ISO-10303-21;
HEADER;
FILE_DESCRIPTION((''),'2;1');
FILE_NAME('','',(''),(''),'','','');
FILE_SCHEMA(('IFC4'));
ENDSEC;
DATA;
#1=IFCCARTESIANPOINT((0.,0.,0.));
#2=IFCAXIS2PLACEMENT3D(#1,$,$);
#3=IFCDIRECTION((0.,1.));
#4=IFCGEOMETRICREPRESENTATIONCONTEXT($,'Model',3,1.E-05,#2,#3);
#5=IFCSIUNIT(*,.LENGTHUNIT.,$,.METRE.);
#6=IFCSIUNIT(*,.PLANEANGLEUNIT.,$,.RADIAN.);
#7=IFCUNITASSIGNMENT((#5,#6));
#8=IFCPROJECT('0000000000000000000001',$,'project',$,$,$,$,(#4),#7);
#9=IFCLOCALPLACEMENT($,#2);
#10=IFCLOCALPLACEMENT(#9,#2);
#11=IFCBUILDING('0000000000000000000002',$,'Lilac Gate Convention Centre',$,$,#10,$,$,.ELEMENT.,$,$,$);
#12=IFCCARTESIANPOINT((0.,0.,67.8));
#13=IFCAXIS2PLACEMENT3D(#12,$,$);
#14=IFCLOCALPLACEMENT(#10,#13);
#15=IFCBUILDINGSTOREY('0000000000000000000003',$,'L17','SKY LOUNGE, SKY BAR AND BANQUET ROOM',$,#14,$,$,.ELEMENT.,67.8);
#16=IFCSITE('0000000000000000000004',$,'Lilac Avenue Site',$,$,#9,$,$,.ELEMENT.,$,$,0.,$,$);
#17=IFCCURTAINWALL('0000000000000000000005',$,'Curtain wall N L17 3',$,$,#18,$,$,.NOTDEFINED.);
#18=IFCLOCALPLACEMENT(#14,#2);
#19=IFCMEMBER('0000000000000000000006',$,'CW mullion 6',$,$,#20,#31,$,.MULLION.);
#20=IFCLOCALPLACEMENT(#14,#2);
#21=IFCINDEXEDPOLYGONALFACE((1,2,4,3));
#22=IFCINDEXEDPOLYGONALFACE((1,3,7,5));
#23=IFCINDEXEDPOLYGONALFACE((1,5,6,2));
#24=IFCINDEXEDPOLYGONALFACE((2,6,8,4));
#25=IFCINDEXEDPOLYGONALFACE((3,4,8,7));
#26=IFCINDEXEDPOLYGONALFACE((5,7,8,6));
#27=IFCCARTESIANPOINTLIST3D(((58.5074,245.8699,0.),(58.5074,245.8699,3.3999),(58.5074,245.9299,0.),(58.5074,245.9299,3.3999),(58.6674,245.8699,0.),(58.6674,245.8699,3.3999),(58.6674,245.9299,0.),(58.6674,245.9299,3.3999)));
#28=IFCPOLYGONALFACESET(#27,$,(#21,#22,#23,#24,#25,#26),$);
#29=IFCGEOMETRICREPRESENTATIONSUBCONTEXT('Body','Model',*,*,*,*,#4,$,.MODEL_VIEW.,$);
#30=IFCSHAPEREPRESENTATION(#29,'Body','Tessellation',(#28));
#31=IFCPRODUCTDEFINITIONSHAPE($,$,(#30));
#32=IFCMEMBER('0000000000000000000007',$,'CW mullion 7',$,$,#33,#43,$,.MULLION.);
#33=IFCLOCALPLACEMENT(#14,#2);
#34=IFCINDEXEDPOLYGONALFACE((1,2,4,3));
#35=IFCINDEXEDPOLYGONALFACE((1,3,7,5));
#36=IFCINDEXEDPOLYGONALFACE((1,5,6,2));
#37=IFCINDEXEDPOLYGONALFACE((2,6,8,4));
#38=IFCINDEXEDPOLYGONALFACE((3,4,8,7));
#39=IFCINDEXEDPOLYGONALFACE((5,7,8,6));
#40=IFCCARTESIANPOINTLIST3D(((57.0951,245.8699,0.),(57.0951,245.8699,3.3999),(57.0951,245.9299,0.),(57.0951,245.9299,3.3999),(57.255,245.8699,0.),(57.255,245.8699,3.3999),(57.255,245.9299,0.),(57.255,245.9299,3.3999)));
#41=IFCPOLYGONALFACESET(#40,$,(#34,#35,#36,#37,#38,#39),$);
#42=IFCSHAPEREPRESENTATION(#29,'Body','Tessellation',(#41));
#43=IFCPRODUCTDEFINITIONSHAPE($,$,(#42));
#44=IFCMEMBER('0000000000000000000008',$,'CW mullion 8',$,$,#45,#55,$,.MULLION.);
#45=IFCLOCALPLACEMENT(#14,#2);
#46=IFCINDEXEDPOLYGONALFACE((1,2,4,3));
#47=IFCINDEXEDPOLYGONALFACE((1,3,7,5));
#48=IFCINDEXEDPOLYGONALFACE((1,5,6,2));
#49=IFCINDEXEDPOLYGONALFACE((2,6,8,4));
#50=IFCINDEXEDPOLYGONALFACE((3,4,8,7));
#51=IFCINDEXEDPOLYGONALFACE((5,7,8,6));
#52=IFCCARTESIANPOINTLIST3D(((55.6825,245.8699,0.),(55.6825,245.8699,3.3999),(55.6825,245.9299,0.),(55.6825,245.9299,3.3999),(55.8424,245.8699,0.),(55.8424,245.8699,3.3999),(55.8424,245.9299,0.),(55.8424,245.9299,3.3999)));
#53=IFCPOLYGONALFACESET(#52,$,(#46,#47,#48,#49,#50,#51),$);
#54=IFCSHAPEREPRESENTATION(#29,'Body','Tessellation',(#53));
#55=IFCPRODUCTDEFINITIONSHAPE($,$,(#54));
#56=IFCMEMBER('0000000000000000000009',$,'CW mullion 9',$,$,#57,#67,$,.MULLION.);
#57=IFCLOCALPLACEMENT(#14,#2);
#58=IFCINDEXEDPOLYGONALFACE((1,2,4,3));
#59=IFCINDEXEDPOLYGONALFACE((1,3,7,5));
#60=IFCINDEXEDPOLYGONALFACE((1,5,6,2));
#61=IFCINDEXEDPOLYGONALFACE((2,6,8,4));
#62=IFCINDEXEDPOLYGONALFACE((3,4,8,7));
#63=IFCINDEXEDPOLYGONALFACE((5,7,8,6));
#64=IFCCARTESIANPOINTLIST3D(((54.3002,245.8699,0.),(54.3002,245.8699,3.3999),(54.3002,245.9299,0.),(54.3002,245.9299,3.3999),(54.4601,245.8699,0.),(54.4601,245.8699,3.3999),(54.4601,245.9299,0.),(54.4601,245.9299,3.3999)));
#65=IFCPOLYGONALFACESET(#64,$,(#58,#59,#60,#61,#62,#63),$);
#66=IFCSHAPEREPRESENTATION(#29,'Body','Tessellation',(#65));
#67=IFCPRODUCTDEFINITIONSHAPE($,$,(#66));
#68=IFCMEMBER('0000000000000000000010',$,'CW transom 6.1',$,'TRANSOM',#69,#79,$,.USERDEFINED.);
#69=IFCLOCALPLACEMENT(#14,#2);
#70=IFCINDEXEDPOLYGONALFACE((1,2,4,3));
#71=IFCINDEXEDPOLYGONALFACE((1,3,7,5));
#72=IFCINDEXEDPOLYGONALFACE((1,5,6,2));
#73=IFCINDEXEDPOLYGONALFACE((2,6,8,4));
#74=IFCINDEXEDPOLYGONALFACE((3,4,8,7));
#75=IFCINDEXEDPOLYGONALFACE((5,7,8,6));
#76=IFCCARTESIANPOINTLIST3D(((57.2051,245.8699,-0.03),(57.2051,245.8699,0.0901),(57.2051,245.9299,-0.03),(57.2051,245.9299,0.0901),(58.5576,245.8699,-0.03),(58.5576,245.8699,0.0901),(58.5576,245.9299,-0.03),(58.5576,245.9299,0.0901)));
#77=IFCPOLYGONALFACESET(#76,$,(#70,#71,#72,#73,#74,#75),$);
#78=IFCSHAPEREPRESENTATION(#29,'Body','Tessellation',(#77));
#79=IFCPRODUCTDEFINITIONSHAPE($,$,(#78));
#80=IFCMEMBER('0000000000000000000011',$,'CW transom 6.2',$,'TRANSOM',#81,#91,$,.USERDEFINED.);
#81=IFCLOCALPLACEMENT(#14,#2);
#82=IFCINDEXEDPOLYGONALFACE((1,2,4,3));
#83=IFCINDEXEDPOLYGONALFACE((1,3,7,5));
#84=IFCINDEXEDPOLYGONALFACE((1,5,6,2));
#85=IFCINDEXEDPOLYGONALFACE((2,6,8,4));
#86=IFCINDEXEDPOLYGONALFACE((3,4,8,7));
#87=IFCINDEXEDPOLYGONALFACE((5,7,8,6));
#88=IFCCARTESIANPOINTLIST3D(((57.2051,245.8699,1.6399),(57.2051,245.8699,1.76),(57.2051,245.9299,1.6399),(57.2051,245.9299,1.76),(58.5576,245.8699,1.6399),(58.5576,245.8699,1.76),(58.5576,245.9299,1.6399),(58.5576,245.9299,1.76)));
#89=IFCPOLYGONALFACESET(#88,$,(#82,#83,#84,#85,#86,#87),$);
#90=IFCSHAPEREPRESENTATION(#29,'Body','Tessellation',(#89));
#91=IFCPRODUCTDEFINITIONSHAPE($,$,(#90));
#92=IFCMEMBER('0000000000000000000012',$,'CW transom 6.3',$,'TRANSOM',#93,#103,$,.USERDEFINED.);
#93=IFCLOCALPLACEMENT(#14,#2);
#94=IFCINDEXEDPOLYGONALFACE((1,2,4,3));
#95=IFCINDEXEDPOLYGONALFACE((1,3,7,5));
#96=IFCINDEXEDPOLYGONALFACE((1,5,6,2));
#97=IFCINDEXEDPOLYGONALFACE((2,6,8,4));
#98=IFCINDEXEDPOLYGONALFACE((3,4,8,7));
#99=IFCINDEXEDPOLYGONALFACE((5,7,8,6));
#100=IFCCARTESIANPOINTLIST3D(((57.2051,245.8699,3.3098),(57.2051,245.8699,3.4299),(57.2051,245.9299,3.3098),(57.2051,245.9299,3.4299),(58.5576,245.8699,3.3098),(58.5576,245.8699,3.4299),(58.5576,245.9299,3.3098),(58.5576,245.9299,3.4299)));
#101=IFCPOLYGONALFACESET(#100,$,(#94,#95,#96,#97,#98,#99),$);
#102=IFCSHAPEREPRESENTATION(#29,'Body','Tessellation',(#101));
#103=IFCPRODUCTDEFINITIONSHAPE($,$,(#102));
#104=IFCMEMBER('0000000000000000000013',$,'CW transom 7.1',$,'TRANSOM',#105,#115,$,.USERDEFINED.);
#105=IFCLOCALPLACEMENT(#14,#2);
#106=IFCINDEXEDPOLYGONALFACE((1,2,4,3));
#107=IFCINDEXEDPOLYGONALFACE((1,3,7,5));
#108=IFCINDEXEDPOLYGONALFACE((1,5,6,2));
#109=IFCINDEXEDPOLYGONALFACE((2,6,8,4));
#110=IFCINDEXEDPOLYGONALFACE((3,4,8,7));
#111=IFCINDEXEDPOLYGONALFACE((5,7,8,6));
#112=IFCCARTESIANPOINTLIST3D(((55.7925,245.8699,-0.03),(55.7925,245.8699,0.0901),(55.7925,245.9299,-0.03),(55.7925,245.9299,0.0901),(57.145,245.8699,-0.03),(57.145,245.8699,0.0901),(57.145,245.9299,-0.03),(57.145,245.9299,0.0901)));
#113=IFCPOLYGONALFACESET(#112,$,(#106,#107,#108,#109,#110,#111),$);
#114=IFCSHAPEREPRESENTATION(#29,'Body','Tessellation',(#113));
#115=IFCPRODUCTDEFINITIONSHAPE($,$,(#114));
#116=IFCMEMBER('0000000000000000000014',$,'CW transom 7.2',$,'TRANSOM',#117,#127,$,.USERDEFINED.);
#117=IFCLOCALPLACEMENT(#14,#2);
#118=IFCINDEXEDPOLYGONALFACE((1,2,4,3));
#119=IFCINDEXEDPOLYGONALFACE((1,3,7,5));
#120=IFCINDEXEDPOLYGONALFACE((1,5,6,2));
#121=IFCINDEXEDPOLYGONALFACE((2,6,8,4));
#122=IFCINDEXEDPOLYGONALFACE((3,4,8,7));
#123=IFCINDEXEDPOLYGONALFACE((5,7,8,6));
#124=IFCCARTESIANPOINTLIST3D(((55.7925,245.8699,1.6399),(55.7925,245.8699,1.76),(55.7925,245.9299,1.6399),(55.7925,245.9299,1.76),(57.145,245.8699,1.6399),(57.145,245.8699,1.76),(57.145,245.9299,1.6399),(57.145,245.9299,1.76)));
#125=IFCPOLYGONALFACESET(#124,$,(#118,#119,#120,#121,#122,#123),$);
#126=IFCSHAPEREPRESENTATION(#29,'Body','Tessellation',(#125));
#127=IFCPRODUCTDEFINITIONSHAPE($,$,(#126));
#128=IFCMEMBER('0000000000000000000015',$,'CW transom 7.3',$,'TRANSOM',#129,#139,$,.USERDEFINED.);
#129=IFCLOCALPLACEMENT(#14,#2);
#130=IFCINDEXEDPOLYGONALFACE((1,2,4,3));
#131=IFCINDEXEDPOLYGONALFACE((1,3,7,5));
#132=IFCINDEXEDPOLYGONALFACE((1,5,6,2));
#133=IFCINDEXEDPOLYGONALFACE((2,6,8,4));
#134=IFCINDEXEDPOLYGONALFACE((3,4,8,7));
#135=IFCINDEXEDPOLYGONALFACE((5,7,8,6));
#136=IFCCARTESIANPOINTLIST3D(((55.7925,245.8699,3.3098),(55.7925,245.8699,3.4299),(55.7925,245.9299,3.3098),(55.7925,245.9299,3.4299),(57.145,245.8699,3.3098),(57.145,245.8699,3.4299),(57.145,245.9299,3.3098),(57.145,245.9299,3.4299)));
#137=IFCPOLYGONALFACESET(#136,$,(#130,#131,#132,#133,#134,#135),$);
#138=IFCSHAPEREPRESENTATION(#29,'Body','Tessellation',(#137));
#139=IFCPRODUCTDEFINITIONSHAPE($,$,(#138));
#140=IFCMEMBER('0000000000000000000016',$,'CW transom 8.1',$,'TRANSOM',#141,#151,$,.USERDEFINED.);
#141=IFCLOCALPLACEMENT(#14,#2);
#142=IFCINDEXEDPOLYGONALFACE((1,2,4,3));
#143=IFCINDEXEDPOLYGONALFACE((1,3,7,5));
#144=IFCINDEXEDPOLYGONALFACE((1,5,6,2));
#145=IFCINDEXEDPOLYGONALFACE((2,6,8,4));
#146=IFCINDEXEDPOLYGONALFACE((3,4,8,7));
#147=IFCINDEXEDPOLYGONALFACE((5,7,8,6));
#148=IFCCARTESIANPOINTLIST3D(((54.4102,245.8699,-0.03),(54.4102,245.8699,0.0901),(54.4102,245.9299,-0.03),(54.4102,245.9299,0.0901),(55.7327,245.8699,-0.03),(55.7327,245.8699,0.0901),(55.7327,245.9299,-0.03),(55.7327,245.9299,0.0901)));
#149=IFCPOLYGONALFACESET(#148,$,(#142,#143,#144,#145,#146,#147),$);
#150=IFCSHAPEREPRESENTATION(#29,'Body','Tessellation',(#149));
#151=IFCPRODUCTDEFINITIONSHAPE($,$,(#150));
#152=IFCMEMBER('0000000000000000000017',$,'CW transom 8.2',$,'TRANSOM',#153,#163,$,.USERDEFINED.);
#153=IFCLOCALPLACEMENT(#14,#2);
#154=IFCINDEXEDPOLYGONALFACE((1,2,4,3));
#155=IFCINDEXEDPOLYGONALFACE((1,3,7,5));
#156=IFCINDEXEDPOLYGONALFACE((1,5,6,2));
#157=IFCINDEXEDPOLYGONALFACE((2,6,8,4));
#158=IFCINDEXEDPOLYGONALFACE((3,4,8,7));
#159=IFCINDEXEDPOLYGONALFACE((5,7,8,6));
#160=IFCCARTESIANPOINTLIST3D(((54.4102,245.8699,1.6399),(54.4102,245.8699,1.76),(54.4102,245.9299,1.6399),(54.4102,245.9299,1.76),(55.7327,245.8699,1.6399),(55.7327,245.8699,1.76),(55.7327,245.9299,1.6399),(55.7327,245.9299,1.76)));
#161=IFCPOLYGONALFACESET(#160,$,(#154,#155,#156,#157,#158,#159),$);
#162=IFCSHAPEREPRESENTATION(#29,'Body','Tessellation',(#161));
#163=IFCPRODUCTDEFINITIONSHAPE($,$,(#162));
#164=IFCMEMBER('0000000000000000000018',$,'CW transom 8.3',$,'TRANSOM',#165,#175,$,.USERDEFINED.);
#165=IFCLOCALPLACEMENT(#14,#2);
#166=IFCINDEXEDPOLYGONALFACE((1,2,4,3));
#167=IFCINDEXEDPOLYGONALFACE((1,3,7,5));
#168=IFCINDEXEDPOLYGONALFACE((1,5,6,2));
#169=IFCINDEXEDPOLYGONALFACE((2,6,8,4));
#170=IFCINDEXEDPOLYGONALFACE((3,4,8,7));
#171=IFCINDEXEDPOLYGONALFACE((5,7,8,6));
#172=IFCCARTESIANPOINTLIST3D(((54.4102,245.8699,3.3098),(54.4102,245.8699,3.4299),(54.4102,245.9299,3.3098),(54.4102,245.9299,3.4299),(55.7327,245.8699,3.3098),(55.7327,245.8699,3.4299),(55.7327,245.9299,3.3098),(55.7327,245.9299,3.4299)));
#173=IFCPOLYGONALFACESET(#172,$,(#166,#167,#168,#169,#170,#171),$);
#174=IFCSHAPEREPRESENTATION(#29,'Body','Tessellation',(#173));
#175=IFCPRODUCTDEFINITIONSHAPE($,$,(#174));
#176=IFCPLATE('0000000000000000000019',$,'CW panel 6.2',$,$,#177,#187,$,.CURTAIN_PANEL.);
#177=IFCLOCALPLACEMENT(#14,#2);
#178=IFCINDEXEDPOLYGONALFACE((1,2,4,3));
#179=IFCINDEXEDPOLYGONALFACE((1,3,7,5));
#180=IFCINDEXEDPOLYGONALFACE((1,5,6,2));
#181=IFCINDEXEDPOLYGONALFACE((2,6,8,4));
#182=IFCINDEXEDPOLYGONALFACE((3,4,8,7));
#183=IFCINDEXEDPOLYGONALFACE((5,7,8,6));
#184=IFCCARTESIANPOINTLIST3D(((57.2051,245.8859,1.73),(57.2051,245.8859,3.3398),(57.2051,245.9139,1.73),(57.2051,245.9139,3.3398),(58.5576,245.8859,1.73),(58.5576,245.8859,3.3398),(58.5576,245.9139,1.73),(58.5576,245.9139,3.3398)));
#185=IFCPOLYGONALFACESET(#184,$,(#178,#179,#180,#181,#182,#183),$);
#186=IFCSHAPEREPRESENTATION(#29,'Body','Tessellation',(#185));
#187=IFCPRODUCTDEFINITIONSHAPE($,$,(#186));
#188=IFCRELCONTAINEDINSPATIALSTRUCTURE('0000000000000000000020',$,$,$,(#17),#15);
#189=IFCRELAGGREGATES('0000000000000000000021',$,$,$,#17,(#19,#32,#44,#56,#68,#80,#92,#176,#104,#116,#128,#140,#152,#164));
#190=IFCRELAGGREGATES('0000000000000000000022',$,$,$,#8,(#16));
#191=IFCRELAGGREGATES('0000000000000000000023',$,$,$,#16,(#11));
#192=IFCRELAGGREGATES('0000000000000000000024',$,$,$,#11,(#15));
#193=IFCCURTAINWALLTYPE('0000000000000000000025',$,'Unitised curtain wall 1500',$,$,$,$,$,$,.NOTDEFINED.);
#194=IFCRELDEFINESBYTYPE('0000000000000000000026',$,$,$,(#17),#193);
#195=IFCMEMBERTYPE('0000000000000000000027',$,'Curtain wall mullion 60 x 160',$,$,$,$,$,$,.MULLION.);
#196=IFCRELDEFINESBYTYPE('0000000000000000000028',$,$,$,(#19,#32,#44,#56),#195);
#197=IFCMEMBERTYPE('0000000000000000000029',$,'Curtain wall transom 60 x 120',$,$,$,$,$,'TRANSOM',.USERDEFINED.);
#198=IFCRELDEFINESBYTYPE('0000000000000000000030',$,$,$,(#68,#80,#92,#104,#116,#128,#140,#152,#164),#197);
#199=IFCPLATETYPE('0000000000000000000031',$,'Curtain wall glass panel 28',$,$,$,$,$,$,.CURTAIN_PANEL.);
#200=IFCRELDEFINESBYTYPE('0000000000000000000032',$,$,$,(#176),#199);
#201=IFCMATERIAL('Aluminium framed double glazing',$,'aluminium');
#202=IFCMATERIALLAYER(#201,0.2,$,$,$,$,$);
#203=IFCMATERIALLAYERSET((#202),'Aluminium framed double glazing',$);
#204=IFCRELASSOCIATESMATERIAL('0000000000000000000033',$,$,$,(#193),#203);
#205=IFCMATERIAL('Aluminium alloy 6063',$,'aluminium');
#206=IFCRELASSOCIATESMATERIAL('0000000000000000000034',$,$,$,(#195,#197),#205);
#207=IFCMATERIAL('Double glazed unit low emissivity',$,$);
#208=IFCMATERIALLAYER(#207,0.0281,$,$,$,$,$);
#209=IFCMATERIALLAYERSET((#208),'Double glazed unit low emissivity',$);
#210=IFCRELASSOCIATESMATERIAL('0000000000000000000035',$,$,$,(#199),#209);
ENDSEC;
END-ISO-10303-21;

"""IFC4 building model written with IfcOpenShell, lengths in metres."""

from ifc_helpers import new_model, si_unit, direction, frame, origin, origin_2d, place, context, subcontext, project, spatial, rectangle, extrude, material, layer, layer_set, material_profile, profile_set, type_object, element, aggregate, save


model = new_model("IFC4")

# Units and contexts
model_context = context("Model", 3, precision=1e-05, world=origin(), true_north=direction((0.0, 1.0)))
body_context = subcontext(model_context, "Body", "Model", "MODEL_VIEW")
ifc_project = project(units=[si_unit("LENGTHUNIT", "METRE"), si_unit("PLANEANGLEUNIT", "RADIAN")], contexts=[model_context])

# Site, building, storey
site_placement = place(None, origin())
site = spatial("IfcSite", under=ifc_project, at=site_placement, Name="Lilac Avenue Site", CompositionType="ELEMENT", RefElevation=0.0)
building_placement = place(site_placement, origin())
building = spatial("IfcBuilding", under=site, at=building_placement, Name="Lilac Gate Convention Centre", CompositionType="ELEMENT")
storey_placement = place(building_placement, frame((0.0, 0.0, 67.8)))
storey = spatial("IfcBuildingStorey", under=building, at=storey_placement, Name="L17", Description="SKY LOUNGE, SKY BAR AND BANQUET ROOM", CompositionType="ELEMENT", Elevation=67.8)

# Curtain wall, members, plate
ifc_material_1 = material(Name="Aluminium framed double glazing", Category="aluminium")
ifc_layer_1 = layer(ifc_material_1, 0.2)
ifc_layer_set_1 = layer_set([ifc_layer_1], Name="Aluminium framed double glazing")
curtain_wall_type = type_object("IfcCurtainWallType", Name="Unitised curtain wall 1500", PredefinedType="NOTDEFINED", material=ifc_layer_set_1)
curtain_wall_placement = place(storey_placement, origin())
curtain_wall = element("IfcCurtainWall", 1, at=curtain_wall_placement, inside=storey, type_object=curtain_wall_type, Name="Curtain wall N L17 3", PredefinedType="NOTDEFINED")
ifc_material_2 = material(Name="Aluminium alloy 6063", Category="aluminium")
ifc_material_profile_1 = material_profile(ifc_material_2, rectangle(XDim=0.0601, YDim=0.1599, at=origin_2d()), Name="Curtain wall mullion 60 x 160")
ifc_profile_set_1 = profile_set([ifc_material_profile_1], Name="Aluminium alloy 6063")
member_type_1 = type_object("IfcMemberType", Name="Curtain wall mullion 60 x 160", PredefinedType="MULLION", material=ifc_profile_set_1)
member_1_placement = place(storey_placement, frame((58.5874, 245.8999, 0.0), z_axis=(0.0, 0.0, 1.0), x_axis=(0.0, -1.0, 0.0)))
member_1 = element("IfcMember", 2, at=member_1_placement, type_object=member_type_1, Name="CW mullion 6", PredefinedType="MULLION", context=body_context, shape_type="SweptSolid", body=[
    extrude(rectangle(XDim=0.0601, YDim=0.1599, at=origin_2d()), origin(), (0.0, 0.0, 1.0), 3.3999),
])
member_2_placement = place(storey_placement, frame((57.175, 245.8999, 0.0), z_axis=(0.0, 0.0, 1.0), x_axis=(0.0, -1.0, 0.0)))
member_2 = element("IfcMember", 3, at=member_2_placement, type_object=member_type_1, Name="CW mullion 7", PredefinedType="MULLION", context=body_context, shape_type="SweptSolid", body=[
    extrude(rectangle(XDim=0.0601, YDim=0.1599, at=origin_2d()), origin(), (0.0, 0.0, 1.0), 3.3999),
])
member_3_placement = place(storey_placement, frame((55.7625, 245.8999, 0.0), z_axis=(0.0, 0.0, 1.0), x_axis=(0.0, -1.0, 0.0)))
member_3 = element("IfcMember", 4, at=member_3_placement, type_object=member_type_1, Name="CW mullion 8", PredefinedType="MULLION", context=body_context, shape_type="SweptSolid", body=[
    extrude(rectangle(XDim=0.0601, YDim=0.1599, at=origin_2d()), origin(), (0.0, 0.0, 1.0), 3.3999),
])
member_4_placement = place(storey_placement, frame((54.3801, 245.8999, 0.0), z_axis=(0.0, 0.0, 1.0), x_axis=(0.0, -1.0, 0.0)))
member_4 = element("IfcMember", 5, at=member_4_placement, type_object=member_type_1, Name="CW mullion 9", PredefinedType="MULLION", context=body_context, shape_type="SweptSolid", body=[
    extrude(rectangle(XDim=0.0601, YDim=0.1599, at=origin_2d()), origin(), (0.0, 0.0, 1.0), 3.3999),
])
ifc_material_profile_2 = material_profile(ifc_material_2, rectangle(XDim=0.0601, YDim=0.1201, at=origin_2d()), Name="Curtain wall transom 60 x 120")
ifc_profile_set_2 = profile_set([ifc_material_profile_2], Name="Aluminium alloy 6063")
member_type_2 = type_object("IfcMemberType", Name="Curtain wall transom 60 x 120", ElementType="TRANSOM", PredefinedType="USERDEFINED", material=ifc_profile_set_2)
member_5_placement = place(storey_placement, frame((58.5576, 245.8999, 0.03), z_axis=(-1.0, 0.0, 0.0), x_axis=(0.0, -1.0, 0.0)))
member_5 = element("IfcMember", 6, at=member_5_placement, type_object=member_type_2, Name="CW transom 6.1", ObjectType="TRANSOM", PredefinedType="USERDEFINED", context=body_context, shape_type="SweptSolid", body=[
    extrude(rectangle(XDim=0.0601, YDim=0.1201, at=origin_2d()), origin(), (0.0, 0.0, 1.0), 1.3525),
])
member_6_placement = place(storey_placement, frame((58.5576, 245.8999, 1.7), z_axis=(-1.0, 0.0, 0.0), x_axis=(0.0, -1.0, 0.0)))
member_6 = element("IfcMember", 7, at=member_6_placement, type_object=member_type_2, Name="CW transom 6.2", ObjectType="TRANSOM", PredefinedType="USERDEFINED", context=body_context, shape_type="SweptSolid", body=[
    extrude(rectangle(XDim=0.0601, YDim=0.1201, at=origin_2d()), origin(), (0.0, 0.0, 1.0), 1.3525),
])
member_7_placement = place(storey_placement, frame((58.5576, 245.8999, 3.3699), z_axis=(-1.0, 0.0, 0.0), x_axis=(0.0, -1.0, 0.0)))
member_7 = element("IfcMember", 8, at=member_7_placement, type_object=member_type_2, Name="CW transom 6.3", ObjectType="TRANSOM", PredefinedType="USERDEFINED", context=body_context, shape_type="SweptSolid", body=[
    extrude(rectangle(XDim=0.0601, YDim=0.1201, at=origin_2d()), origin(), (0.0, 0.0, 1.0), 1.3525),
])
member_8_placement = place(storey_placement, frame((57.145, 245.8999, 0.03), z_axis=(-1.0, 0.0, 0.0), x_axis=(0.0, -1.0, 0.0)))
member_8 = element("IfcMember", 9, at=member_8_placement, type_object=member_type_2, Name="CW transom 7.1", ObjectType="TRANSOM", PredefinedType="USERDEFINED", context=body_context, shape_type="SweptSolid", body=[
    extrude(rectangle(XDim=0.0601, YDim=0.1201, at=origin_2d()), origin(), (0.0, 0.0, 1.0), 1.3525),
])
member_9_placement = place(storey_placement, frame((57.145, 245.8999, 1.7), z_axis=(-1.0, 0.0, 0.0), x_axis=(0.0, -1.0, 0.0)))
member_9 = element("IfcMember", 10, at=member_9_placement, type_object=member_type_2, Name="CW transom 7.2", ObjectType="TRANSOM", PredefinedType="USERDEFINED", context=body_context, shape_type="SweptSolid", body=[
    extrude(rectangle(XDim=0.0601, YDim=0.1201, at=origin_2d()), origin(), (0.0, 0.0, 1.0), 1.3525),
])
member_10_placement = place(storey_placement, frame((57.145, 245.8999, 3.3699), z_axis=(-1.0, 0.0, 0.0), x_axis=(0.0, -1.0, 0.0)))
member_10 = element("IfcMember", 11, at=member_10_placement, type_object=member_type_2, Name="CW transom 7.3", ObjectType="TRANSOM", PredefinedType="USERDEFINED", context=body_context, shape_type="SweptSolid", body=[
    extrude(rectangle(XDim=0.0601, YDim=0.1201, at=origin_2d()), origin(), (0.0, 0.0, 1.0), 1.3525),
])
member_11_placement = place(storey_placement, frame((55.7327, 245.8999, 0.03), z_axis=(-1.0, 0.0, 0.0), x_axis=(0.0, -1.0, 0.0)))
member_11 = element("IfcMember", 12, at=member_11_placement, type_object=member_type_2, Name="CW transom 8.1", ObjectType="TRANSOM", PredefinedType="USERDEFINED", context=body_context, shape_type="SweptSolid", body=[
    extrude(rectangle(XDim=0.0601, YDim=0.1201, at=origin_2d()), origin(), (0.0, 0.0, 1.0), 1.3225),
])
member_12_placement = place(storey_placement, frame((55.7327, 245.8999, 1.7), z_axis=(-1.0, 0.0, 0.0), x_axis=(0.0, -1.0, 0.0)))
member_12 = element("IfcMember", 13, at=member_12_placement, type_object=member_type_2, Name="CW transom 8.2", ObjectType="TRANSOM", PredefinedType="USERDEFINED", context=body_context, shape_type="SweptSolid", body=[
    extrude(rectangle(XDim=0.0601, YDim=0.1201, at=origin_2d()), origin(), (0.0, 0.0, 1.0), 1.3225),
])
member_13_placement = place(storey_placement, frame((55.7327, 245.8999, 3.3699), z_axis=(-1.0, 0.0, 0.0), x_axis=(0.0, -1.0, 0.0)))
member_13 = element("IfcMember", 14, at=member_13_placement, type_object=member_type_2, Name="CW transom 8.3", ObjectType="TRANSOM", PredefinedType="USERDEFINED", context=body_context, shape_type="SweptSolid", body=[
    extrude(rectangle(XDim=0.0601, YDim=0.1201, at=origin_2d()), origin(), (0.0, 0.0, 1.0), 1.3225),
])
ifc_material_3 = material(Name="Double glazed unit low emissivity")
ifc_layer_2 = layer(ifc_material_3, 0.0281)
ifc_layer_set_2 = layer_set([ifc_layer_2], Name="Double glazed unit low emissivity")
plate_type_1 = type_object("IfcPlateType", Name="Curtain wall glass panel 28", PredefinedType="CURTAIN_PANEL", material=ifc_layer_set_2)
plate_1_placement = place(storey_placement, frame((57.8813, 245.8999, 1.73), z_axis=(0.0, 0.0, 1.0), x_axis=(-1.0, 0.0, 0.0)))
plate_1 = element("IfcPlate", 15, at=plate_1_placement, type_object=plate_type_1, Name="CW panel 6.2", PredefinedType="CURTAIN_PANEL", context=body_context, shape_type="SweptSolid", body=[
    extrude(rectangle(XDim=1.3525, YDim=0.0281, at=origin_2d()), origin(), (0.0, 0.0, 1.0), 1.6099),
])
aggregate(curtain_wall, [member_1, member_2, member_3, member_4, member_5, member_6, member_7, plate_1, member_8, member_9, member_10, member_11, member_12, member_13])

save(model, "model.ifc")
